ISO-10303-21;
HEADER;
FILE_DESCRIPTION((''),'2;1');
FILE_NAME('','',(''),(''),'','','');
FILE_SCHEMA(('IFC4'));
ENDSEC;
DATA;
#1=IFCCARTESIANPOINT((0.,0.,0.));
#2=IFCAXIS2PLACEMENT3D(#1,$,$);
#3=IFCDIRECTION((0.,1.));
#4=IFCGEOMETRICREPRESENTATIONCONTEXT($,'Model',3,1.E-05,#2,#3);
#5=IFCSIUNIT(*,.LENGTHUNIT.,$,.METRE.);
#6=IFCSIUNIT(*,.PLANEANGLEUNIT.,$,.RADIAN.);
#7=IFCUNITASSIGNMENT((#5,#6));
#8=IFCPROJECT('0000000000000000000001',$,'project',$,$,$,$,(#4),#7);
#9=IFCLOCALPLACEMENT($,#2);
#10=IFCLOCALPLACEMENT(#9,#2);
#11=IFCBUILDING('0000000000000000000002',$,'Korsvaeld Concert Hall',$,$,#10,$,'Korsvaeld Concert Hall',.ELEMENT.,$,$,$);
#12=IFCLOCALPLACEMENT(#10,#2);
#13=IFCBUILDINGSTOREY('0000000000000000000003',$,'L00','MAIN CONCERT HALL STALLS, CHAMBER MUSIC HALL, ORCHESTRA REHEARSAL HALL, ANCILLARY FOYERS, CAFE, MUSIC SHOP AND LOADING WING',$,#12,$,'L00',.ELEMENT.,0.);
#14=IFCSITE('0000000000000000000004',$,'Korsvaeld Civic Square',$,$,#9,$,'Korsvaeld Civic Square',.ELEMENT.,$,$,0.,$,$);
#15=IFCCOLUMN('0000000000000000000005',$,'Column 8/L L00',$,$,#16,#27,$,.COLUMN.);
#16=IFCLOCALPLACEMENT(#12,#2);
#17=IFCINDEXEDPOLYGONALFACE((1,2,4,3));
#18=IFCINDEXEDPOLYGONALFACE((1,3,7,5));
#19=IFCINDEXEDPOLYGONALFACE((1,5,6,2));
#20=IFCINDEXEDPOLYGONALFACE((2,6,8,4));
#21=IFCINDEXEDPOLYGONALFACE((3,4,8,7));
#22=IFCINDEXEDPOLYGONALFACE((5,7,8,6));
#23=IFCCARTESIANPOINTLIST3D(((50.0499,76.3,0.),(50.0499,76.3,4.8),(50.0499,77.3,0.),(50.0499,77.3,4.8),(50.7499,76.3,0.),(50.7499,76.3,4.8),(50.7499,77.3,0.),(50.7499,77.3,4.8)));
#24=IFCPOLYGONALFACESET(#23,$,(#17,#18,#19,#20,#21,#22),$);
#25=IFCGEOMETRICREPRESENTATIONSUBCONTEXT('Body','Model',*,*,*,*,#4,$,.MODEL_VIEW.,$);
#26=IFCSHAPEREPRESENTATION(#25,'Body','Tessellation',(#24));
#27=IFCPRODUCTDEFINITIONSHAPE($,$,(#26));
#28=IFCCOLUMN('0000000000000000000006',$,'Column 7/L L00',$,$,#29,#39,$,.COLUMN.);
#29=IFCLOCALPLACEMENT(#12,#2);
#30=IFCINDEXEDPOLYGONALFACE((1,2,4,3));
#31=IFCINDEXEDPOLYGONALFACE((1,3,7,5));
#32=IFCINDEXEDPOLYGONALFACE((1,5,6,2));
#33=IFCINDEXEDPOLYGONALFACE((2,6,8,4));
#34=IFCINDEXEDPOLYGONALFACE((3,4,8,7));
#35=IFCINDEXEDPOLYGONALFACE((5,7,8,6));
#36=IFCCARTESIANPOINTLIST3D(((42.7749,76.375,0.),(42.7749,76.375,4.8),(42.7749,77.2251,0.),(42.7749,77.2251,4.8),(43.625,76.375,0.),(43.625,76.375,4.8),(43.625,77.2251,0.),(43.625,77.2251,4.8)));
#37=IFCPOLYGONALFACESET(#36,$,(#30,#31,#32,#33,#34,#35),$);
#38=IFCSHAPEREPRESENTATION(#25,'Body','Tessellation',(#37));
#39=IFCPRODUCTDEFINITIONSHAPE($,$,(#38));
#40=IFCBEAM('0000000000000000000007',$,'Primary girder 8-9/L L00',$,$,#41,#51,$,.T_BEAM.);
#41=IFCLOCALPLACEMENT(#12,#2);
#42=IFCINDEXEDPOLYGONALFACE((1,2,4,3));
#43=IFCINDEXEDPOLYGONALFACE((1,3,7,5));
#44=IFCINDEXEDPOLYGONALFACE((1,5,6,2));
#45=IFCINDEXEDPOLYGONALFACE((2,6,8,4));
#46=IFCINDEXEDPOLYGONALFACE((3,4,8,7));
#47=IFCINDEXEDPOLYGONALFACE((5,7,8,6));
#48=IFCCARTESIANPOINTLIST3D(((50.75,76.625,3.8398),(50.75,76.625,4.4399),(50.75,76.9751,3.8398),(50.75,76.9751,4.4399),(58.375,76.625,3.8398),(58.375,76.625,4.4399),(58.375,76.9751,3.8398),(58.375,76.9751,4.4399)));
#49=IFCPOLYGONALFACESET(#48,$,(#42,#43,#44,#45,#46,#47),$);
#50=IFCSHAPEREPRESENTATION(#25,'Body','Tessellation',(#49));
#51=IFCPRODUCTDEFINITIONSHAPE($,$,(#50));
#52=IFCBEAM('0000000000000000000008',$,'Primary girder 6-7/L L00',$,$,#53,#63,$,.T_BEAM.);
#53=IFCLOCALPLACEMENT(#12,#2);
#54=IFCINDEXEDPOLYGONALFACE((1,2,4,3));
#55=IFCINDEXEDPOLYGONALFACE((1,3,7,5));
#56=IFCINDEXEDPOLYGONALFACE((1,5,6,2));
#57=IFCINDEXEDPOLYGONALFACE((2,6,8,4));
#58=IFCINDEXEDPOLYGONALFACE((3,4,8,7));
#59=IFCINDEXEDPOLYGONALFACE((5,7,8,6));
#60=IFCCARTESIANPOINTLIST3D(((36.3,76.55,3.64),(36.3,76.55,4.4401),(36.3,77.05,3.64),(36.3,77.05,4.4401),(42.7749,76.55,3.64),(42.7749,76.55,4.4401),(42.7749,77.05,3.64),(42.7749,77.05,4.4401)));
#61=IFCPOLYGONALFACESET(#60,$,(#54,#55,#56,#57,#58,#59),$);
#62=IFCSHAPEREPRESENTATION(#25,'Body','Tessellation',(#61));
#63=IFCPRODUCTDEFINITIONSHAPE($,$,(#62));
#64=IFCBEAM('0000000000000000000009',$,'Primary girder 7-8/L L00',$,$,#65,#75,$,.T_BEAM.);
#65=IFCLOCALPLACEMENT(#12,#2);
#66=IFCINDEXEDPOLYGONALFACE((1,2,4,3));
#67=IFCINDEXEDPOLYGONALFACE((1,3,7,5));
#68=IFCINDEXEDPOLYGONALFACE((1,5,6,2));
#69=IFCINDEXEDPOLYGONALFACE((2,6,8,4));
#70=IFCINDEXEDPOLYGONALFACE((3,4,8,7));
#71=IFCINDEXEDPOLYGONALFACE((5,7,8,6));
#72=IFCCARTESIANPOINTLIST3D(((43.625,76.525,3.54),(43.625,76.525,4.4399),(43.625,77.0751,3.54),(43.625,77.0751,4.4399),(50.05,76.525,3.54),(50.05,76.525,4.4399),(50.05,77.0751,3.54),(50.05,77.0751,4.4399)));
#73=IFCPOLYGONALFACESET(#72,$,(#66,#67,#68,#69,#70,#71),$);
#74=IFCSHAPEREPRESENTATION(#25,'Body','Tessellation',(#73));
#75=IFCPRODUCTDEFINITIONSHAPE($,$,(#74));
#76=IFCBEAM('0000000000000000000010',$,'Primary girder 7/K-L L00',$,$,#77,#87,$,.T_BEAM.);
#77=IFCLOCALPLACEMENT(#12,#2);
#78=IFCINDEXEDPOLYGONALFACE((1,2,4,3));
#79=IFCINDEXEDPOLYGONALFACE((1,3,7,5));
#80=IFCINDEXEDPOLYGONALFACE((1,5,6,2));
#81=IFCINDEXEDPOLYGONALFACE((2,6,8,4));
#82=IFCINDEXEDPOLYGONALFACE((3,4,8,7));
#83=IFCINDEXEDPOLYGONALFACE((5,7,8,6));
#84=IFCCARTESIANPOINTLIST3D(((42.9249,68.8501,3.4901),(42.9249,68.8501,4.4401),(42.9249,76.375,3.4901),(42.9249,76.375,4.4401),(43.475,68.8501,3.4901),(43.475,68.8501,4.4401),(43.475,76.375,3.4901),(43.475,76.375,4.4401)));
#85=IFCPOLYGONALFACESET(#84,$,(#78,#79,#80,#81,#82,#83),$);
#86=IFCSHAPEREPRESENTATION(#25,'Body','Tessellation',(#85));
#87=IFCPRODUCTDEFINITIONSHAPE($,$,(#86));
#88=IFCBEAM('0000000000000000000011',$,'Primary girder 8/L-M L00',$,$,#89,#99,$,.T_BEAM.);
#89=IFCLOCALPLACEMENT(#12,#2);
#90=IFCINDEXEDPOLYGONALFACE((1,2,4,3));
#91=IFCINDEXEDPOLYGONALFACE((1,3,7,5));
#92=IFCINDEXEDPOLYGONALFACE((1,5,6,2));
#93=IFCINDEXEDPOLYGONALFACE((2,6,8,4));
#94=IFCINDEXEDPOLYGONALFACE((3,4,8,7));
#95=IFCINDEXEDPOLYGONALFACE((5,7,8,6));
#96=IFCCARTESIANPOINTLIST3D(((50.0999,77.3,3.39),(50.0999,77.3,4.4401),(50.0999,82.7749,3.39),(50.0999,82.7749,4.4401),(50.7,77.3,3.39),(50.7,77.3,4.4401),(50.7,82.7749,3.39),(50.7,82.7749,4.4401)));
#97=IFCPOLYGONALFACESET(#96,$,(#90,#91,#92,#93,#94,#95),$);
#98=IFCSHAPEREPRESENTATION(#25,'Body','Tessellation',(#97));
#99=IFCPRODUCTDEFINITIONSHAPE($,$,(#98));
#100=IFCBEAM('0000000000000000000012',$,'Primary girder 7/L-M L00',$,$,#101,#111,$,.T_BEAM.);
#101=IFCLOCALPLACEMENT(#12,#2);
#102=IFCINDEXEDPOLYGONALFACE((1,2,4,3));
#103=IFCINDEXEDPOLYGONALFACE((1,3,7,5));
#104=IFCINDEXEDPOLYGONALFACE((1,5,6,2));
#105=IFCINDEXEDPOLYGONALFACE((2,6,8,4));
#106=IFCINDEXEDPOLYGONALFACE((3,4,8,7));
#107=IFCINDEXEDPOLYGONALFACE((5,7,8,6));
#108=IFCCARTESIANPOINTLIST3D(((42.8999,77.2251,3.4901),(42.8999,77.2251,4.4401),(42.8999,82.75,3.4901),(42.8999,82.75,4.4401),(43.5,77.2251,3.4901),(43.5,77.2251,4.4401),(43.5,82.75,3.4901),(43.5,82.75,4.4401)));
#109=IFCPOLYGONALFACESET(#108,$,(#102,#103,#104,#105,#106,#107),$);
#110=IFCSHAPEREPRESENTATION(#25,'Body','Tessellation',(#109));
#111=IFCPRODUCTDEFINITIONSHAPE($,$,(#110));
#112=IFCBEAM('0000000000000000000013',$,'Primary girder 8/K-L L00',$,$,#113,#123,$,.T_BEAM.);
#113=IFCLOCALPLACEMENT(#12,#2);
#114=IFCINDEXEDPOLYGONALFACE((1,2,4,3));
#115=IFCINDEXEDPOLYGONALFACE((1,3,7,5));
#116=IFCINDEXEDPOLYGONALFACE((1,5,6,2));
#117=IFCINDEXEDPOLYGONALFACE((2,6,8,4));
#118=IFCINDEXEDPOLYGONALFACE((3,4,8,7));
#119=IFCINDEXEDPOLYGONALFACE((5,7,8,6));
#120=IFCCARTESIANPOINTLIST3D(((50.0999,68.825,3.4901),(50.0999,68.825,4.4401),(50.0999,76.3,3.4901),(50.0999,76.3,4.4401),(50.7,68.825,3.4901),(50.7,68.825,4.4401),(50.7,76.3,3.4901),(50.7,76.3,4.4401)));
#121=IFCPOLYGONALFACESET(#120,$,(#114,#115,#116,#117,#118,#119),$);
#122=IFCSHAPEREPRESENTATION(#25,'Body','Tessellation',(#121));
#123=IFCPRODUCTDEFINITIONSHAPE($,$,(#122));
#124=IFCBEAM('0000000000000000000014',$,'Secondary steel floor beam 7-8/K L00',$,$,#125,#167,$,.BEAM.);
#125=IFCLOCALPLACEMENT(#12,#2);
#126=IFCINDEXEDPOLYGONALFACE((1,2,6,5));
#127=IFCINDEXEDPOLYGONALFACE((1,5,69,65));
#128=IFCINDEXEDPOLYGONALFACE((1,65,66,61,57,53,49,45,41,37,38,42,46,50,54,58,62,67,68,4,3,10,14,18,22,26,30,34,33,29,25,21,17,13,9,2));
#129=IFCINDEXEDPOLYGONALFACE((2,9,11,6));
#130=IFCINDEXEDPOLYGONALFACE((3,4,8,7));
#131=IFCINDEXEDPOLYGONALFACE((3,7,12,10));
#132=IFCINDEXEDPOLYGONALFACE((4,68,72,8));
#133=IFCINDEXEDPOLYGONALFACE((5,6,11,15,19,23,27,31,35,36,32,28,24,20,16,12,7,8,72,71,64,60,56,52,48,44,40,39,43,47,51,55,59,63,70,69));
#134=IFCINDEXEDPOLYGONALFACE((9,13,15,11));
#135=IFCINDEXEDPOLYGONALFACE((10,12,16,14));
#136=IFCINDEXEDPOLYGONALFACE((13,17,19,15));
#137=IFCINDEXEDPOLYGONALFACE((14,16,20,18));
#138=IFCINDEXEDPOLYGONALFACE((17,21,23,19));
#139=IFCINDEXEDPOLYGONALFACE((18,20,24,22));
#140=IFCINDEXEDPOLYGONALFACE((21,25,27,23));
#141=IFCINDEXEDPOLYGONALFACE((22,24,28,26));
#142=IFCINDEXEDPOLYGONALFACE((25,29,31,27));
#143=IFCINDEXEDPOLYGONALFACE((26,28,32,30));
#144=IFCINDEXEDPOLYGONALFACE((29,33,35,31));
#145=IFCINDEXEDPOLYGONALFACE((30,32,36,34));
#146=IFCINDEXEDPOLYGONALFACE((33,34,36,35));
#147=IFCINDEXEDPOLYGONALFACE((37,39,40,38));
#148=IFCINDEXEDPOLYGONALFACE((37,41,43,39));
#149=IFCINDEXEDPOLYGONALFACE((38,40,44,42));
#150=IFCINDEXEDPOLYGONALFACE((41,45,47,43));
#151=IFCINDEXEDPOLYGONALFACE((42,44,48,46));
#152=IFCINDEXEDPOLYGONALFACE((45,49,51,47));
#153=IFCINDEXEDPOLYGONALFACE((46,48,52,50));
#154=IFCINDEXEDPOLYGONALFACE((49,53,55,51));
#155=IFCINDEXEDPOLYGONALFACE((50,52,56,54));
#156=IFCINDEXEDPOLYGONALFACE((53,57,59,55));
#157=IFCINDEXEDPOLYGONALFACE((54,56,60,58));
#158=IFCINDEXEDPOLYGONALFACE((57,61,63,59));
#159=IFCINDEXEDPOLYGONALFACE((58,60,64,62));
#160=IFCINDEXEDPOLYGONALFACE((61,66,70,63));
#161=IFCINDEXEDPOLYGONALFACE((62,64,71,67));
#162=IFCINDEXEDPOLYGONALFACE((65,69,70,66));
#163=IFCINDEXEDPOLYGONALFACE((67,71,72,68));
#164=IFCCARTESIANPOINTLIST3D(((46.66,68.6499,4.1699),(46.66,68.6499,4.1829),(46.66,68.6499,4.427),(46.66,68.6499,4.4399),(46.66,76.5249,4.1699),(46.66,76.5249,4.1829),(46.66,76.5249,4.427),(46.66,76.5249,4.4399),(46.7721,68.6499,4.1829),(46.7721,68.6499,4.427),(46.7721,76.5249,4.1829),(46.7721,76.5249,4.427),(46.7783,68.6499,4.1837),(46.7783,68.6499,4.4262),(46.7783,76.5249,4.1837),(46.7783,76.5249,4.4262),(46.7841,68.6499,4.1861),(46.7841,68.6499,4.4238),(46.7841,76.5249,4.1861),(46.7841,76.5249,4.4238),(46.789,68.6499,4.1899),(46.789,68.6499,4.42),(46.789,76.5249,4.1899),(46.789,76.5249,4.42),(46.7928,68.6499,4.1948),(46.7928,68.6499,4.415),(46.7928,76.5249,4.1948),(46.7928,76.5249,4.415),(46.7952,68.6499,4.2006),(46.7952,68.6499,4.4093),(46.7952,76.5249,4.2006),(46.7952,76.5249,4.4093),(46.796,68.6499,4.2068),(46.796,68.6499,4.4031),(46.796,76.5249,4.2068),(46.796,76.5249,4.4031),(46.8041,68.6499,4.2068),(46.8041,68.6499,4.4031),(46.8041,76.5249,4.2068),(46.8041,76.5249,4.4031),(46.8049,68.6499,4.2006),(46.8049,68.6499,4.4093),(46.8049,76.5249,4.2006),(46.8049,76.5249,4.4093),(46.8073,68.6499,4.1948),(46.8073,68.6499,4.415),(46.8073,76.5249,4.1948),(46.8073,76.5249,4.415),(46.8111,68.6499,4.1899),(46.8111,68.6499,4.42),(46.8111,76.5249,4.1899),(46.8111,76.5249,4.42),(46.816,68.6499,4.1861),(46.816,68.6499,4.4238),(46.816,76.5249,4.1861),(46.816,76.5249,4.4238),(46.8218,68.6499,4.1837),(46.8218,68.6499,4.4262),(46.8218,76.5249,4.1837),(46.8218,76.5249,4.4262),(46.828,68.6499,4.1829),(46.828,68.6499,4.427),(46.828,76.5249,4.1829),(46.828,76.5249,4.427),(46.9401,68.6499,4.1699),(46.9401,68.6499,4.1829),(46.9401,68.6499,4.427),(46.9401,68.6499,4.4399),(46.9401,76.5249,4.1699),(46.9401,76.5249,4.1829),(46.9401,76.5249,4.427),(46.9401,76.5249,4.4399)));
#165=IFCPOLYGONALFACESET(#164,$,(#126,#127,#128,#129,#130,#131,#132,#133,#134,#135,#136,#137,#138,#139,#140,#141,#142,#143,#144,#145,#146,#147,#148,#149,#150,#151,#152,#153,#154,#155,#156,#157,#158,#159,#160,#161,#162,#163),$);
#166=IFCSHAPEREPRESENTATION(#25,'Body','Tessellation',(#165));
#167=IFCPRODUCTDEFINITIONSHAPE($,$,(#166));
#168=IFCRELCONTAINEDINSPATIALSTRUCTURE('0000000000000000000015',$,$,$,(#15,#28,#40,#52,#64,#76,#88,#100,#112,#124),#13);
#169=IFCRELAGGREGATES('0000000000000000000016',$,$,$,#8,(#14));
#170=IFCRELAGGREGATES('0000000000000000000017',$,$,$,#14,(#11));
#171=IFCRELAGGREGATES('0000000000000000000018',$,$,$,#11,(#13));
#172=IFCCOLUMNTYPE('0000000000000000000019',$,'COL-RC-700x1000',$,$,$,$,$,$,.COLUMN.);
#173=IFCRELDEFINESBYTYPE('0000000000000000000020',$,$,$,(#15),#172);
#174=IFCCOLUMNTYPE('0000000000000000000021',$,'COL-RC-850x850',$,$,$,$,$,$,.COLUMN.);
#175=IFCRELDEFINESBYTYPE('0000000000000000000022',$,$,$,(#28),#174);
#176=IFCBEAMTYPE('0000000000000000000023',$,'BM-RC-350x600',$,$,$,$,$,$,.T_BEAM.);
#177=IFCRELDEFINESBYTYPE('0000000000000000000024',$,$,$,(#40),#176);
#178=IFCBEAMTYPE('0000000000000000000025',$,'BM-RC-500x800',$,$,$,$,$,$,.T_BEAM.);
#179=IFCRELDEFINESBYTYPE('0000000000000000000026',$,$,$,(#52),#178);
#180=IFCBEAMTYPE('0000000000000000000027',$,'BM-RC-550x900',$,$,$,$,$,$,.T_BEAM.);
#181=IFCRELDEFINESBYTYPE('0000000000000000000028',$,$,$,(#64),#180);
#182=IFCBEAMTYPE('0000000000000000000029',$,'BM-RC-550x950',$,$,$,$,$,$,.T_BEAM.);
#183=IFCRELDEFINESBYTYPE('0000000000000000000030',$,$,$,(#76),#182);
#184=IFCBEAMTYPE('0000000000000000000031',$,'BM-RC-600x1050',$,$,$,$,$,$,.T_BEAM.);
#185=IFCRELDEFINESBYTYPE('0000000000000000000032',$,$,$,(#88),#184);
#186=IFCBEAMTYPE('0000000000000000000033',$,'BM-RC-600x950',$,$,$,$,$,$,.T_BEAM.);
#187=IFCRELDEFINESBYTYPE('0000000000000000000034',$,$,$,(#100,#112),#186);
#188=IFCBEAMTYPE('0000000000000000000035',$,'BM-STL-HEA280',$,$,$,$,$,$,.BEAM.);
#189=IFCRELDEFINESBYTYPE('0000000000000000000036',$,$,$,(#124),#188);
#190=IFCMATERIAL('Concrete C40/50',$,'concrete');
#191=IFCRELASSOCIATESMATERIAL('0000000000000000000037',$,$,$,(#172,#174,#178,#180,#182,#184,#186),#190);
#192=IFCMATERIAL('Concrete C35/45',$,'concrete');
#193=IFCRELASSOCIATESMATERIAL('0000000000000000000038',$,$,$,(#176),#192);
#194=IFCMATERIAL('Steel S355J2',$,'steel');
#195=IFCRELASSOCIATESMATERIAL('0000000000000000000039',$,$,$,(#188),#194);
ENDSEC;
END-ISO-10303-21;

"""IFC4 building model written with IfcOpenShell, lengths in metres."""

from ifc_helpers import new_model, si_unit, direction, frame, origin, origin_2d, place, context, subcontext, project, spatial, rectangle, i_section, extrude, material, material_profile, profile_set, type_object, element, save


model = new_model("IFC4")

# Units and contexts
model_context = context("Model", 3, precision=1e-05, world=origin(), true_north=direction((0.0, 1.0)))
body_context = subcontext(model_context, "Body", "Model", "MODEL_VIEW")
ifc_project = project(units=[si_unit("LENGTHUNIT", "METRE"), si_unit("PLANEANGLEUNIT", "RADIAN")], contexts=[model_context])

# Site, building, storey
site_placement = place(None, origin())
site = spatial("IfcSite", under=ifc_project, at=site_placement, Name="Korsvaeld Civic Square", LongName="Korsvaeld Civic Square", CompositionType="ELEMENT", RefElevation=0.0)
building_placement = place(site_placement, origin())
building = spatial("IfcBuilding", under=site, at=building_placement, Name="Korsvaeld Concert Hall", LongName="Korsvaeld Concert Hall", CompositionType="ELEMENT")
storey_placement = place(building_placement, origin())
storey = spatial("IfcBuildingStorey", under=building, at=storey_placement, Name="L00", Description="MAIN CONCERT HALL STALLS, CHAMBER MUSIC HALL, ORCHESTRA REHEARSAL HALL, ANCILLARY FOYERS, CAFE, MUSIC SHOP AND LOADING WING", LongName="L00", CompositionType="ELEMENT", Elevation=0.0)

# Columns
ifc_material_1 = material(Name="Concrete C40/50", Category="concrete")
ifc_material_profile_1 = material_profile(ifc_material_1, rectangle(XDim=0.7, YDim=1.0, at=origin_2d()), Name="RC 700x1000")
ifc_profile_set_1 = profile_set([ifc_material_profile_1], Name="Concrete C40/50")
column_type_1 = type_object("IfcColumnType", Name="COL-RC-700x1000", PredefinedType="COLUMN", material=ifc_profile_set_1)
column_1_placement = place(storey_placement, frame((50.3999, 76.8, 0.0), z_axis=(0.0, 0.0, 1.0), x_axis=(1.0, 0.0, 0.0)))
element("IfcColumn", 1, at=column_1_placement, inside=storey, type_object=column_type_1, Name="Column 8/L L00", PredefinedType="COLUMN", context=body_context, shape_type="SweptSolid", body=[
    extrude(rectangle(XDim=0.7, YDim=1.0, at=origin_2d()), origin(), (0.0, 0.0, 1.0), 4.8),
])
ifc_material_profile_2 = material_profile(ifc_material_1, rectangle(XDim=0.8501, YDim=0.8501, at=origin_2d()), Name="RC 850x850")
ifc_profile_set_2 = profile_set([ifc_material_profile_2], Name="Concrete C40/50")
column_type_2 = type_object("IfcColumnType", Name="COL-RC-850x850", PredefinedType="COLUMN", material=ifc_profile_set_2)
column_2_placement = place(storey_placement, frame((43.2, 76.8, 0.0), z_axis=(0.0, 0.0, 1.0), x_axis=(1.0, 0.0, 0.0)))
element("IfcColumn", 2, at=column_2_placement, inside=storey, type_object=column_type_2, Name="Column 7/L L00", PredefinedType="COLUMN", context=body_context, shape_type="SweptSolid", body=[
    extrude(rectangle(XDim=0.8501, YDim=0.8501, at=origin_2d()), origin(), (0.0, 0.0, 1.0), 4.8),
])

# Beams
ifc_material_2 = material(Name="Concrete C35/45", Category="concrete")
ifc_material_profile_3 = material_profile(ifc_material_2, rectangle(XDim=0.3501, YDim=0.6001, at=origin_2d()), Name="RC 350x600")
ifc_profile_set_3 = profile_set([ifc_material_profile_3], Name="Concrete C35/45")
beam_type_1 = type_object("IfcBeamType", Name="BM-RC-350x600", PredefinedType="T_BEAM", material=ifc_profile_set_3)
beam_1_placement = place(storey_placement, frame((50.75, 76.8, 4.1399), z_axis=(1.0, 0.0, 0.0), x_axis=(0.0, 1.0, 0.0)))
element("IfcBeam", 3, at=beam_1_placement, inside=storey, type_object=beam_type_1, Name="Primary girder 8-9/L L00", PredefinedType="T_BEAM", context=body_context, shape_type="SweptSolid", body=[
    extrude(rectangle(XDim=0.3501, YDim=0.6001, at=origin_2d()), origin(), (0.0, 0.0, 1.0), 7.625),
])
ifc_material_profile_4 = material_profile(ifc_material_1, rectangle(XDim=0.5, YDim=0.8, at=origin_2d()), Name="RC 500x800")
ifc_profile_set_4 = profile_set([ifc_material_profile_4], Name="Concrete C40/50")
beam_type_2 = type_object("IfcBeamType", Name="BM-RC-500x800", PredefinedType="T_BEAM", material=ifc_profile_set_4)
beam_2_placement = place(storey_placement, frame((36.3, 76.8, 4.04), z_axis=(1.0, 0.0, 0.0), x_axis=(0.0, 1.0, 0.0)))
element("IfcBeam", 4, at=beam_2_placement, inside=storey, type_object=beam_type_2, Name="Primary girder 6-7/L L00", PredefinedType="T_BEAM", context=body_context, shape_type="SweptSolid", body=[
    extrude(rectangle(XDim=0.5, YDim=0.8, at=origin_2d()), origin(), (0.0, 0.0, 1.0), 6.4749),
])
ifc_material_profile_5 = material_profile(ifc_material_1, rectangle(XDim=0.55, YDim=0.8999, at=origin_2d()), Name="RC 550x900")
ifc_profile_set_5 = profile_set([ifc_material_profile_5], Name="Concrete C40/50")
beam_type_3 = type_object("IfcBeamType", Name="BM-RC-550x900", PredefinedType="T_BEAM", material=ifc_profile_set_5)
beam_3_placement = place(storey_placement, frame((43.625, 76.8, 3.99), z_axis=(1.0, 0.0, 0.0), x_axis=(0.0, 1.0, 0.0)))
element("IfcBeam", 5, at=beam_3_placement, inside=storey, type_object=beam_type_3, Name="Primary girder 7-8/L L00", PredefinedType="T_BEAM", context=body_context, shape_type="SweptSolid", body=[
    extrude(rectangle(XDim=0.55, YDim=0.8999, at=origin_2d()), origin(), (0.0, 0.0, 1.0), 6.425),
])
ifc_material_profile_6 = material_profile(ifc_material_1, rectangle(XDim=0.55, YDim=0.95, at=origin_2d()), Name="RC 550x950")
ifc_profile_set_6 = profile_set([ifc_material_profile_6], Name="Concrete C40/50")
beam_type_4 = type_object("IfcBeamType", Name="BM-RC-550x950", PredefinedType="T_BEAM", material=ifc_profile_set_6)
beam_4_placement = place(storey_placement, frame((43.2, 68.8501, 3.9651), z_axis=(0.0, 1.0, 0.0), x_axis=(-1.0, 0.0, 0.0)))
element("IfcBeam", 6, at=beam_4_placement, inside=storey, type_object=beam_type_4, Name="Primary girder 7/K-L L00", PredefinedType="T_BEAM", context=body_context, shape_type="SweptSolid", body=[
    extrude(rectangle(XDim=0.55, YDim=0.95, at=origin_2d()), origin(), (0.0, 0.0, 1.0), 7.5249),
])
ifc_material_profile_7 = material_profile(ifc_material_1, rectangle(XDim=0.6001, YDim=1.05, at=origin_2d()), Name="RC 600x1050")
ifc_profile_set_7 = profile_set([ifc_material_profile_7], Name="Concrete C40/50")
beam_type_5 = type_object("IfcBeamType", Name="BM-RC-600x1050", PredefinedType="T_BEAM", material=ifc_profile_set_7)
beam_5_placement = place(storey_placement, frame((50.3999, 77.3, 3.915), z_axis=(0.0, 1.0, 0.0), x_axis=(-1.0, 0.0, 0.0)))
element("IfcBeam", 7, at=beam_5_placement, inside=storey, type_object=beam_type_5, Name="Primary girder 8/L-M L00", PredefinedType="T_BEAM", context=body_context, shape_type="SweptSolid", body=[
    extrude(rectangle(XDim=0.6001, YDim=1.05, at=origin_2d()), origin(), (0.0, 0.0, 1.0), 5.4749),
])
ifc_material_profile_8 = material_profile(ifc_material_1, rectangle(XDim=0.6001, YDim=0.95, at=origin_2d()), Name="RC 600x950")
ifc_profile_set_8 = profile_set([ifc_material_profile_8], Name="Concrete C40/50")
beam_type_6 = type_object("IfcBeamType", Name="BM-RC-600x950", PredefinedType="T_BEAM", material=ifc_profile_set_8)
beam_6_placement = place(storey_placement, frame((43.2, 77.2251, 3.9651), z_axis=(0.0, 1.0, 0.0), x_axis=(-1.0, 0.0, 0.0)))
element("IfcBeam", 8, at=beam_6_placement, inside=storey, type_object=beam_type_6, Name="Primary girder 7/L-M L00", PredefinedType="T_BEAM", context=body_context, shape_type="SweptSolid", body=[
    extrude(rectangle(XDim=0.6001, YDim=0.95, at=origin_2d()), origin(), (0.0, 0.0, 1.0), 5.5249),
])
beam_7_placement = place(storey_placement, frame((50.3999, 68.825, 3.9651), z_axis=(0.0, 1.0, 0.0), x_axis=(-1.0, 0.0, 0.0)))
element("IfcBeam", 9, at=beam_7_placement, inside=storey, type_object=beam_type_6, Name="Primary girder 8/K-L L00", PredefinedType="T_BEAM", context=body_context, shape_type="SweptSolid", body=[
    extrude(rectangle(XDim=0.6001, YDim=0.95, at=origin_2d()), origin(), (0.0, 0.0, 1.0), 7.4751),
])
ifc_material_3 = material(Name="Steel S355J2", Category="steel")
ifc_material_profile_9 = material_profile(ifc_material_3, i_section(OverallWidth=0.28, OverallDepth=0.27, WebThickness=0.0081, FlangeThickness=0.0129, FilletRadius=0.0239, at=origin_2d()), Name="HEA 280")
ifc_profile_set_9 = profile_set([ifc_material_profile_9], Name="Steel S355J2")
beam_type_7 = type_object("IfcBeamType", Name="BM-STL-HEA280", PredefinedType="BEAM", material=ifc_profile_set_9)
beam_8_placement = place(storey_placement, frame((46.8, 68.6499, 4.3049), z_axis=(0.0, 1.0, 0.0), x_axis=(-1.0, 0.0, 0.0)))
element("IfcBeam", 10, at=beam_8_placement, inside=storey, type_object=beam_type_7, Name="Secondary steel floor beam 7-8/K L00", PredefinedType="BEAM", context=body_context, shape_type="SweptSolid", body=[
    extrude(i_section(OverallWidth=0.28, OverallDepth=0.27, WebThickness=0.0081, FlangeThickness=0.0129, FilletRadius=0.0239, at=origin_2d()), origin(), (0.0, 0.0, 1.0), 7.875),
])

save(model, "model.ifc")
